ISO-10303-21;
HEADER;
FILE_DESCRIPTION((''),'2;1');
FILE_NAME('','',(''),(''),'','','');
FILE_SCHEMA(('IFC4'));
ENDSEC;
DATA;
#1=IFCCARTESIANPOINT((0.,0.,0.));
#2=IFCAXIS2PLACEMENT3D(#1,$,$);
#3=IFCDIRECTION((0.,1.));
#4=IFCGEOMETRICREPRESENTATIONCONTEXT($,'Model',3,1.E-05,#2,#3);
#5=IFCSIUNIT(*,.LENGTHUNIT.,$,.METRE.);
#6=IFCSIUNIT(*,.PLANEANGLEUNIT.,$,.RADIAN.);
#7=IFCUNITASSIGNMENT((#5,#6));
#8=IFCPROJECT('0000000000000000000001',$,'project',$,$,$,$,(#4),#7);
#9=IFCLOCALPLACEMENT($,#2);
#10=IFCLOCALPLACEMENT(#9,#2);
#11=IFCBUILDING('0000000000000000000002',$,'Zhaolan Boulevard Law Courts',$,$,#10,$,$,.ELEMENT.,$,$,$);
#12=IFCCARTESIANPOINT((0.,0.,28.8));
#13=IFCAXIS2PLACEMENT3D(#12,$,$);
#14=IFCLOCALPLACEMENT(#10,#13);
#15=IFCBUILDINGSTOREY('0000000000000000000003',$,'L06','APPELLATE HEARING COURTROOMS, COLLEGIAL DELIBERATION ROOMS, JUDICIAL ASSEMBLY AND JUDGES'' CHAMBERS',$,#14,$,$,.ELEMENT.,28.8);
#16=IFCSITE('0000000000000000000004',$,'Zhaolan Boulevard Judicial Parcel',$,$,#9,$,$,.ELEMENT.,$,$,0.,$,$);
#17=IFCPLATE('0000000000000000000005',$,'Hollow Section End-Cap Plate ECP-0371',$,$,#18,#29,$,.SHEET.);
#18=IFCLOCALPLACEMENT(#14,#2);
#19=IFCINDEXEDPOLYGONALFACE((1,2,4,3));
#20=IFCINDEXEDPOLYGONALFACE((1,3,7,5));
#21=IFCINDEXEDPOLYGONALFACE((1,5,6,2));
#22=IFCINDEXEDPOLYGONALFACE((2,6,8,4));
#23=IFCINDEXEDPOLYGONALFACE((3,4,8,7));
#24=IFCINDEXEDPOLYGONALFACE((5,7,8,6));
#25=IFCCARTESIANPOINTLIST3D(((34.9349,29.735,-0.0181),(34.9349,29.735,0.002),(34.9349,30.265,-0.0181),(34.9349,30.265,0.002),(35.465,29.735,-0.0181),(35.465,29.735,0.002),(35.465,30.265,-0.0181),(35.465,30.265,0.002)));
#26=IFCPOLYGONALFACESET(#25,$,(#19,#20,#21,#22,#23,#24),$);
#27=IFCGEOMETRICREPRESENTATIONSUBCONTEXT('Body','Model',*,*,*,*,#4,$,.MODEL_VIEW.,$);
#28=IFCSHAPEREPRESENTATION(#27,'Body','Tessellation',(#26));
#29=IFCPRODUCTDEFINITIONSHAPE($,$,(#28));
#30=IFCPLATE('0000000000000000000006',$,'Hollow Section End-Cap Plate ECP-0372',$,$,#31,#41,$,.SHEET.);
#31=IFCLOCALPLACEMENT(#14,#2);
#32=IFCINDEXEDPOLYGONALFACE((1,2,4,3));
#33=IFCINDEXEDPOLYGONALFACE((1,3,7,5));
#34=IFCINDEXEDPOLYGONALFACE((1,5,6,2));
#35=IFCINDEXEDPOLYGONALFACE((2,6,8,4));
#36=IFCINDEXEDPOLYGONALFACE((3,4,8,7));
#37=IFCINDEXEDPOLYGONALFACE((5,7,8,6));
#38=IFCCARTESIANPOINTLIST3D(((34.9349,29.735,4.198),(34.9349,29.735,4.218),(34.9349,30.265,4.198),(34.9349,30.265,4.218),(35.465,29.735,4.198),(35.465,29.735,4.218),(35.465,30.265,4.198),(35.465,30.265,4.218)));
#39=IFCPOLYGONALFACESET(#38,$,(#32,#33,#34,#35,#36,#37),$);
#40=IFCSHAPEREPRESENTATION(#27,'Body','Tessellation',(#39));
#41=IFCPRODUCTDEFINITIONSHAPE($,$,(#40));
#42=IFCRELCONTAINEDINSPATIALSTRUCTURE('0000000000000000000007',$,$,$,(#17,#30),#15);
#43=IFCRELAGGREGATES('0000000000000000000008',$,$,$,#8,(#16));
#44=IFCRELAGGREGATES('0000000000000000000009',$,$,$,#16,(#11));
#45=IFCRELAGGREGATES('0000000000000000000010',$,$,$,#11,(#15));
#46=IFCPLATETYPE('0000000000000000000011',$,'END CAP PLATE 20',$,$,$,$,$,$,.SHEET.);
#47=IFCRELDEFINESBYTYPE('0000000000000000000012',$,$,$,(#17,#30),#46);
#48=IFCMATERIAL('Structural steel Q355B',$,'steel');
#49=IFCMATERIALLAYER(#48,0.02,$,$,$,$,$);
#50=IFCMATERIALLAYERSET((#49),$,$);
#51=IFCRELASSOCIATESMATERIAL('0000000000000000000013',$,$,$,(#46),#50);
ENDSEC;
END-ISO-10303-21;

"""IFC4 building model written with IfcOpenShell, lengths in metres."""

from ifc_helpers import new_model, si_unit, direction, frame, origin, origin_2d, place, context, subcontext, project, spatial, rectangle, extrude, material, layer, layer_set, type_object, element, save


model = new_model("IFC4")

# Units and contexts
model_context = context("Model", 3, precision=1e-05, world=origin(), true_north=direction((0.0, 1.0)))
body_context = subcontext(model_context, "Body", "Model", "MODEL_VIEW")
ifc_project = project(units=[si_unit("LENGTHUNIT", "METRE"), si_unit("PLANEANGLEUNIT", "RADIAN")], contexts=[model_context])

# Site, building, storey
site_placement = place(None, origin())
site = spatial("IfcSite", under=ifc_project, at=site_placement, Name="Zhaolan Boulevard Judicial Parcel", CompositionType="ELEMENT", RefElevation=0.0)
building_placement = place(site_placement, origin())
building = spatial("IfcBuilding", under=site, at=building_placement, Name="Zhaolan Boulevard Law Courts", CompositionType="ELEMENT")
storey_placement = place(building_placement, frame((0.0, 0.0, 28.8)))
storey = spatial("IfcBuildingStorey", under=building, at=storey_placement, Name="L06", Description="APPELLATE HEARING COURTROOMS, COLLEGIAL DELIBERATION ROOMS, JUDICIAL ASSEMBLY AND JUDGES' CHAMBERS", CompositionType="ELEMENT", Elevation=28.8)

# Plates
ifc_material_1 = material(Name="Structural steel Q355B", Category="steel")
ifc_layer_1 = layer(ifc_material_1, 0.02)
ifc_layer_set_1 = layer_set([ifc_layer_1])
plate_type_1 = type_object("IfcPlateType", Name="END CAP PLATE 20", PredefinedType="SHEET", material=ifc_layer_set_1)
for number, where, z_axis, x_axis, name in (
    (1, (35.2, 30.0, -0.0181), (0.0, 0.0, 1.0), (1.0, 0.0, 0.0), "Hollow Section End-Cap Plate ECP-0371"),
    (2, (35.2, 30.0, 4.198), (0.0, 0.0, 1.0), (1.0, 0.0, 0.0), "Hollow Section End-Cap Plate ECP-0372"),
):
    element("IfcPlate", number, at=place(storey_placement, frame(where, z_axis=z_axis, x_axis=x_axis)), inside=storey, type_object=plate_type_1, Name=name, PredefinedType="SHEET", context=body_context, shape_type="SweptSolid", body=[
        extrude(rectangle(XDim=0.53, YDim=0.53, at=origin_2d()), origin(), (0.0, 0.0, 1.0), 0.02),
    ])

save(model, "model.ifc")
